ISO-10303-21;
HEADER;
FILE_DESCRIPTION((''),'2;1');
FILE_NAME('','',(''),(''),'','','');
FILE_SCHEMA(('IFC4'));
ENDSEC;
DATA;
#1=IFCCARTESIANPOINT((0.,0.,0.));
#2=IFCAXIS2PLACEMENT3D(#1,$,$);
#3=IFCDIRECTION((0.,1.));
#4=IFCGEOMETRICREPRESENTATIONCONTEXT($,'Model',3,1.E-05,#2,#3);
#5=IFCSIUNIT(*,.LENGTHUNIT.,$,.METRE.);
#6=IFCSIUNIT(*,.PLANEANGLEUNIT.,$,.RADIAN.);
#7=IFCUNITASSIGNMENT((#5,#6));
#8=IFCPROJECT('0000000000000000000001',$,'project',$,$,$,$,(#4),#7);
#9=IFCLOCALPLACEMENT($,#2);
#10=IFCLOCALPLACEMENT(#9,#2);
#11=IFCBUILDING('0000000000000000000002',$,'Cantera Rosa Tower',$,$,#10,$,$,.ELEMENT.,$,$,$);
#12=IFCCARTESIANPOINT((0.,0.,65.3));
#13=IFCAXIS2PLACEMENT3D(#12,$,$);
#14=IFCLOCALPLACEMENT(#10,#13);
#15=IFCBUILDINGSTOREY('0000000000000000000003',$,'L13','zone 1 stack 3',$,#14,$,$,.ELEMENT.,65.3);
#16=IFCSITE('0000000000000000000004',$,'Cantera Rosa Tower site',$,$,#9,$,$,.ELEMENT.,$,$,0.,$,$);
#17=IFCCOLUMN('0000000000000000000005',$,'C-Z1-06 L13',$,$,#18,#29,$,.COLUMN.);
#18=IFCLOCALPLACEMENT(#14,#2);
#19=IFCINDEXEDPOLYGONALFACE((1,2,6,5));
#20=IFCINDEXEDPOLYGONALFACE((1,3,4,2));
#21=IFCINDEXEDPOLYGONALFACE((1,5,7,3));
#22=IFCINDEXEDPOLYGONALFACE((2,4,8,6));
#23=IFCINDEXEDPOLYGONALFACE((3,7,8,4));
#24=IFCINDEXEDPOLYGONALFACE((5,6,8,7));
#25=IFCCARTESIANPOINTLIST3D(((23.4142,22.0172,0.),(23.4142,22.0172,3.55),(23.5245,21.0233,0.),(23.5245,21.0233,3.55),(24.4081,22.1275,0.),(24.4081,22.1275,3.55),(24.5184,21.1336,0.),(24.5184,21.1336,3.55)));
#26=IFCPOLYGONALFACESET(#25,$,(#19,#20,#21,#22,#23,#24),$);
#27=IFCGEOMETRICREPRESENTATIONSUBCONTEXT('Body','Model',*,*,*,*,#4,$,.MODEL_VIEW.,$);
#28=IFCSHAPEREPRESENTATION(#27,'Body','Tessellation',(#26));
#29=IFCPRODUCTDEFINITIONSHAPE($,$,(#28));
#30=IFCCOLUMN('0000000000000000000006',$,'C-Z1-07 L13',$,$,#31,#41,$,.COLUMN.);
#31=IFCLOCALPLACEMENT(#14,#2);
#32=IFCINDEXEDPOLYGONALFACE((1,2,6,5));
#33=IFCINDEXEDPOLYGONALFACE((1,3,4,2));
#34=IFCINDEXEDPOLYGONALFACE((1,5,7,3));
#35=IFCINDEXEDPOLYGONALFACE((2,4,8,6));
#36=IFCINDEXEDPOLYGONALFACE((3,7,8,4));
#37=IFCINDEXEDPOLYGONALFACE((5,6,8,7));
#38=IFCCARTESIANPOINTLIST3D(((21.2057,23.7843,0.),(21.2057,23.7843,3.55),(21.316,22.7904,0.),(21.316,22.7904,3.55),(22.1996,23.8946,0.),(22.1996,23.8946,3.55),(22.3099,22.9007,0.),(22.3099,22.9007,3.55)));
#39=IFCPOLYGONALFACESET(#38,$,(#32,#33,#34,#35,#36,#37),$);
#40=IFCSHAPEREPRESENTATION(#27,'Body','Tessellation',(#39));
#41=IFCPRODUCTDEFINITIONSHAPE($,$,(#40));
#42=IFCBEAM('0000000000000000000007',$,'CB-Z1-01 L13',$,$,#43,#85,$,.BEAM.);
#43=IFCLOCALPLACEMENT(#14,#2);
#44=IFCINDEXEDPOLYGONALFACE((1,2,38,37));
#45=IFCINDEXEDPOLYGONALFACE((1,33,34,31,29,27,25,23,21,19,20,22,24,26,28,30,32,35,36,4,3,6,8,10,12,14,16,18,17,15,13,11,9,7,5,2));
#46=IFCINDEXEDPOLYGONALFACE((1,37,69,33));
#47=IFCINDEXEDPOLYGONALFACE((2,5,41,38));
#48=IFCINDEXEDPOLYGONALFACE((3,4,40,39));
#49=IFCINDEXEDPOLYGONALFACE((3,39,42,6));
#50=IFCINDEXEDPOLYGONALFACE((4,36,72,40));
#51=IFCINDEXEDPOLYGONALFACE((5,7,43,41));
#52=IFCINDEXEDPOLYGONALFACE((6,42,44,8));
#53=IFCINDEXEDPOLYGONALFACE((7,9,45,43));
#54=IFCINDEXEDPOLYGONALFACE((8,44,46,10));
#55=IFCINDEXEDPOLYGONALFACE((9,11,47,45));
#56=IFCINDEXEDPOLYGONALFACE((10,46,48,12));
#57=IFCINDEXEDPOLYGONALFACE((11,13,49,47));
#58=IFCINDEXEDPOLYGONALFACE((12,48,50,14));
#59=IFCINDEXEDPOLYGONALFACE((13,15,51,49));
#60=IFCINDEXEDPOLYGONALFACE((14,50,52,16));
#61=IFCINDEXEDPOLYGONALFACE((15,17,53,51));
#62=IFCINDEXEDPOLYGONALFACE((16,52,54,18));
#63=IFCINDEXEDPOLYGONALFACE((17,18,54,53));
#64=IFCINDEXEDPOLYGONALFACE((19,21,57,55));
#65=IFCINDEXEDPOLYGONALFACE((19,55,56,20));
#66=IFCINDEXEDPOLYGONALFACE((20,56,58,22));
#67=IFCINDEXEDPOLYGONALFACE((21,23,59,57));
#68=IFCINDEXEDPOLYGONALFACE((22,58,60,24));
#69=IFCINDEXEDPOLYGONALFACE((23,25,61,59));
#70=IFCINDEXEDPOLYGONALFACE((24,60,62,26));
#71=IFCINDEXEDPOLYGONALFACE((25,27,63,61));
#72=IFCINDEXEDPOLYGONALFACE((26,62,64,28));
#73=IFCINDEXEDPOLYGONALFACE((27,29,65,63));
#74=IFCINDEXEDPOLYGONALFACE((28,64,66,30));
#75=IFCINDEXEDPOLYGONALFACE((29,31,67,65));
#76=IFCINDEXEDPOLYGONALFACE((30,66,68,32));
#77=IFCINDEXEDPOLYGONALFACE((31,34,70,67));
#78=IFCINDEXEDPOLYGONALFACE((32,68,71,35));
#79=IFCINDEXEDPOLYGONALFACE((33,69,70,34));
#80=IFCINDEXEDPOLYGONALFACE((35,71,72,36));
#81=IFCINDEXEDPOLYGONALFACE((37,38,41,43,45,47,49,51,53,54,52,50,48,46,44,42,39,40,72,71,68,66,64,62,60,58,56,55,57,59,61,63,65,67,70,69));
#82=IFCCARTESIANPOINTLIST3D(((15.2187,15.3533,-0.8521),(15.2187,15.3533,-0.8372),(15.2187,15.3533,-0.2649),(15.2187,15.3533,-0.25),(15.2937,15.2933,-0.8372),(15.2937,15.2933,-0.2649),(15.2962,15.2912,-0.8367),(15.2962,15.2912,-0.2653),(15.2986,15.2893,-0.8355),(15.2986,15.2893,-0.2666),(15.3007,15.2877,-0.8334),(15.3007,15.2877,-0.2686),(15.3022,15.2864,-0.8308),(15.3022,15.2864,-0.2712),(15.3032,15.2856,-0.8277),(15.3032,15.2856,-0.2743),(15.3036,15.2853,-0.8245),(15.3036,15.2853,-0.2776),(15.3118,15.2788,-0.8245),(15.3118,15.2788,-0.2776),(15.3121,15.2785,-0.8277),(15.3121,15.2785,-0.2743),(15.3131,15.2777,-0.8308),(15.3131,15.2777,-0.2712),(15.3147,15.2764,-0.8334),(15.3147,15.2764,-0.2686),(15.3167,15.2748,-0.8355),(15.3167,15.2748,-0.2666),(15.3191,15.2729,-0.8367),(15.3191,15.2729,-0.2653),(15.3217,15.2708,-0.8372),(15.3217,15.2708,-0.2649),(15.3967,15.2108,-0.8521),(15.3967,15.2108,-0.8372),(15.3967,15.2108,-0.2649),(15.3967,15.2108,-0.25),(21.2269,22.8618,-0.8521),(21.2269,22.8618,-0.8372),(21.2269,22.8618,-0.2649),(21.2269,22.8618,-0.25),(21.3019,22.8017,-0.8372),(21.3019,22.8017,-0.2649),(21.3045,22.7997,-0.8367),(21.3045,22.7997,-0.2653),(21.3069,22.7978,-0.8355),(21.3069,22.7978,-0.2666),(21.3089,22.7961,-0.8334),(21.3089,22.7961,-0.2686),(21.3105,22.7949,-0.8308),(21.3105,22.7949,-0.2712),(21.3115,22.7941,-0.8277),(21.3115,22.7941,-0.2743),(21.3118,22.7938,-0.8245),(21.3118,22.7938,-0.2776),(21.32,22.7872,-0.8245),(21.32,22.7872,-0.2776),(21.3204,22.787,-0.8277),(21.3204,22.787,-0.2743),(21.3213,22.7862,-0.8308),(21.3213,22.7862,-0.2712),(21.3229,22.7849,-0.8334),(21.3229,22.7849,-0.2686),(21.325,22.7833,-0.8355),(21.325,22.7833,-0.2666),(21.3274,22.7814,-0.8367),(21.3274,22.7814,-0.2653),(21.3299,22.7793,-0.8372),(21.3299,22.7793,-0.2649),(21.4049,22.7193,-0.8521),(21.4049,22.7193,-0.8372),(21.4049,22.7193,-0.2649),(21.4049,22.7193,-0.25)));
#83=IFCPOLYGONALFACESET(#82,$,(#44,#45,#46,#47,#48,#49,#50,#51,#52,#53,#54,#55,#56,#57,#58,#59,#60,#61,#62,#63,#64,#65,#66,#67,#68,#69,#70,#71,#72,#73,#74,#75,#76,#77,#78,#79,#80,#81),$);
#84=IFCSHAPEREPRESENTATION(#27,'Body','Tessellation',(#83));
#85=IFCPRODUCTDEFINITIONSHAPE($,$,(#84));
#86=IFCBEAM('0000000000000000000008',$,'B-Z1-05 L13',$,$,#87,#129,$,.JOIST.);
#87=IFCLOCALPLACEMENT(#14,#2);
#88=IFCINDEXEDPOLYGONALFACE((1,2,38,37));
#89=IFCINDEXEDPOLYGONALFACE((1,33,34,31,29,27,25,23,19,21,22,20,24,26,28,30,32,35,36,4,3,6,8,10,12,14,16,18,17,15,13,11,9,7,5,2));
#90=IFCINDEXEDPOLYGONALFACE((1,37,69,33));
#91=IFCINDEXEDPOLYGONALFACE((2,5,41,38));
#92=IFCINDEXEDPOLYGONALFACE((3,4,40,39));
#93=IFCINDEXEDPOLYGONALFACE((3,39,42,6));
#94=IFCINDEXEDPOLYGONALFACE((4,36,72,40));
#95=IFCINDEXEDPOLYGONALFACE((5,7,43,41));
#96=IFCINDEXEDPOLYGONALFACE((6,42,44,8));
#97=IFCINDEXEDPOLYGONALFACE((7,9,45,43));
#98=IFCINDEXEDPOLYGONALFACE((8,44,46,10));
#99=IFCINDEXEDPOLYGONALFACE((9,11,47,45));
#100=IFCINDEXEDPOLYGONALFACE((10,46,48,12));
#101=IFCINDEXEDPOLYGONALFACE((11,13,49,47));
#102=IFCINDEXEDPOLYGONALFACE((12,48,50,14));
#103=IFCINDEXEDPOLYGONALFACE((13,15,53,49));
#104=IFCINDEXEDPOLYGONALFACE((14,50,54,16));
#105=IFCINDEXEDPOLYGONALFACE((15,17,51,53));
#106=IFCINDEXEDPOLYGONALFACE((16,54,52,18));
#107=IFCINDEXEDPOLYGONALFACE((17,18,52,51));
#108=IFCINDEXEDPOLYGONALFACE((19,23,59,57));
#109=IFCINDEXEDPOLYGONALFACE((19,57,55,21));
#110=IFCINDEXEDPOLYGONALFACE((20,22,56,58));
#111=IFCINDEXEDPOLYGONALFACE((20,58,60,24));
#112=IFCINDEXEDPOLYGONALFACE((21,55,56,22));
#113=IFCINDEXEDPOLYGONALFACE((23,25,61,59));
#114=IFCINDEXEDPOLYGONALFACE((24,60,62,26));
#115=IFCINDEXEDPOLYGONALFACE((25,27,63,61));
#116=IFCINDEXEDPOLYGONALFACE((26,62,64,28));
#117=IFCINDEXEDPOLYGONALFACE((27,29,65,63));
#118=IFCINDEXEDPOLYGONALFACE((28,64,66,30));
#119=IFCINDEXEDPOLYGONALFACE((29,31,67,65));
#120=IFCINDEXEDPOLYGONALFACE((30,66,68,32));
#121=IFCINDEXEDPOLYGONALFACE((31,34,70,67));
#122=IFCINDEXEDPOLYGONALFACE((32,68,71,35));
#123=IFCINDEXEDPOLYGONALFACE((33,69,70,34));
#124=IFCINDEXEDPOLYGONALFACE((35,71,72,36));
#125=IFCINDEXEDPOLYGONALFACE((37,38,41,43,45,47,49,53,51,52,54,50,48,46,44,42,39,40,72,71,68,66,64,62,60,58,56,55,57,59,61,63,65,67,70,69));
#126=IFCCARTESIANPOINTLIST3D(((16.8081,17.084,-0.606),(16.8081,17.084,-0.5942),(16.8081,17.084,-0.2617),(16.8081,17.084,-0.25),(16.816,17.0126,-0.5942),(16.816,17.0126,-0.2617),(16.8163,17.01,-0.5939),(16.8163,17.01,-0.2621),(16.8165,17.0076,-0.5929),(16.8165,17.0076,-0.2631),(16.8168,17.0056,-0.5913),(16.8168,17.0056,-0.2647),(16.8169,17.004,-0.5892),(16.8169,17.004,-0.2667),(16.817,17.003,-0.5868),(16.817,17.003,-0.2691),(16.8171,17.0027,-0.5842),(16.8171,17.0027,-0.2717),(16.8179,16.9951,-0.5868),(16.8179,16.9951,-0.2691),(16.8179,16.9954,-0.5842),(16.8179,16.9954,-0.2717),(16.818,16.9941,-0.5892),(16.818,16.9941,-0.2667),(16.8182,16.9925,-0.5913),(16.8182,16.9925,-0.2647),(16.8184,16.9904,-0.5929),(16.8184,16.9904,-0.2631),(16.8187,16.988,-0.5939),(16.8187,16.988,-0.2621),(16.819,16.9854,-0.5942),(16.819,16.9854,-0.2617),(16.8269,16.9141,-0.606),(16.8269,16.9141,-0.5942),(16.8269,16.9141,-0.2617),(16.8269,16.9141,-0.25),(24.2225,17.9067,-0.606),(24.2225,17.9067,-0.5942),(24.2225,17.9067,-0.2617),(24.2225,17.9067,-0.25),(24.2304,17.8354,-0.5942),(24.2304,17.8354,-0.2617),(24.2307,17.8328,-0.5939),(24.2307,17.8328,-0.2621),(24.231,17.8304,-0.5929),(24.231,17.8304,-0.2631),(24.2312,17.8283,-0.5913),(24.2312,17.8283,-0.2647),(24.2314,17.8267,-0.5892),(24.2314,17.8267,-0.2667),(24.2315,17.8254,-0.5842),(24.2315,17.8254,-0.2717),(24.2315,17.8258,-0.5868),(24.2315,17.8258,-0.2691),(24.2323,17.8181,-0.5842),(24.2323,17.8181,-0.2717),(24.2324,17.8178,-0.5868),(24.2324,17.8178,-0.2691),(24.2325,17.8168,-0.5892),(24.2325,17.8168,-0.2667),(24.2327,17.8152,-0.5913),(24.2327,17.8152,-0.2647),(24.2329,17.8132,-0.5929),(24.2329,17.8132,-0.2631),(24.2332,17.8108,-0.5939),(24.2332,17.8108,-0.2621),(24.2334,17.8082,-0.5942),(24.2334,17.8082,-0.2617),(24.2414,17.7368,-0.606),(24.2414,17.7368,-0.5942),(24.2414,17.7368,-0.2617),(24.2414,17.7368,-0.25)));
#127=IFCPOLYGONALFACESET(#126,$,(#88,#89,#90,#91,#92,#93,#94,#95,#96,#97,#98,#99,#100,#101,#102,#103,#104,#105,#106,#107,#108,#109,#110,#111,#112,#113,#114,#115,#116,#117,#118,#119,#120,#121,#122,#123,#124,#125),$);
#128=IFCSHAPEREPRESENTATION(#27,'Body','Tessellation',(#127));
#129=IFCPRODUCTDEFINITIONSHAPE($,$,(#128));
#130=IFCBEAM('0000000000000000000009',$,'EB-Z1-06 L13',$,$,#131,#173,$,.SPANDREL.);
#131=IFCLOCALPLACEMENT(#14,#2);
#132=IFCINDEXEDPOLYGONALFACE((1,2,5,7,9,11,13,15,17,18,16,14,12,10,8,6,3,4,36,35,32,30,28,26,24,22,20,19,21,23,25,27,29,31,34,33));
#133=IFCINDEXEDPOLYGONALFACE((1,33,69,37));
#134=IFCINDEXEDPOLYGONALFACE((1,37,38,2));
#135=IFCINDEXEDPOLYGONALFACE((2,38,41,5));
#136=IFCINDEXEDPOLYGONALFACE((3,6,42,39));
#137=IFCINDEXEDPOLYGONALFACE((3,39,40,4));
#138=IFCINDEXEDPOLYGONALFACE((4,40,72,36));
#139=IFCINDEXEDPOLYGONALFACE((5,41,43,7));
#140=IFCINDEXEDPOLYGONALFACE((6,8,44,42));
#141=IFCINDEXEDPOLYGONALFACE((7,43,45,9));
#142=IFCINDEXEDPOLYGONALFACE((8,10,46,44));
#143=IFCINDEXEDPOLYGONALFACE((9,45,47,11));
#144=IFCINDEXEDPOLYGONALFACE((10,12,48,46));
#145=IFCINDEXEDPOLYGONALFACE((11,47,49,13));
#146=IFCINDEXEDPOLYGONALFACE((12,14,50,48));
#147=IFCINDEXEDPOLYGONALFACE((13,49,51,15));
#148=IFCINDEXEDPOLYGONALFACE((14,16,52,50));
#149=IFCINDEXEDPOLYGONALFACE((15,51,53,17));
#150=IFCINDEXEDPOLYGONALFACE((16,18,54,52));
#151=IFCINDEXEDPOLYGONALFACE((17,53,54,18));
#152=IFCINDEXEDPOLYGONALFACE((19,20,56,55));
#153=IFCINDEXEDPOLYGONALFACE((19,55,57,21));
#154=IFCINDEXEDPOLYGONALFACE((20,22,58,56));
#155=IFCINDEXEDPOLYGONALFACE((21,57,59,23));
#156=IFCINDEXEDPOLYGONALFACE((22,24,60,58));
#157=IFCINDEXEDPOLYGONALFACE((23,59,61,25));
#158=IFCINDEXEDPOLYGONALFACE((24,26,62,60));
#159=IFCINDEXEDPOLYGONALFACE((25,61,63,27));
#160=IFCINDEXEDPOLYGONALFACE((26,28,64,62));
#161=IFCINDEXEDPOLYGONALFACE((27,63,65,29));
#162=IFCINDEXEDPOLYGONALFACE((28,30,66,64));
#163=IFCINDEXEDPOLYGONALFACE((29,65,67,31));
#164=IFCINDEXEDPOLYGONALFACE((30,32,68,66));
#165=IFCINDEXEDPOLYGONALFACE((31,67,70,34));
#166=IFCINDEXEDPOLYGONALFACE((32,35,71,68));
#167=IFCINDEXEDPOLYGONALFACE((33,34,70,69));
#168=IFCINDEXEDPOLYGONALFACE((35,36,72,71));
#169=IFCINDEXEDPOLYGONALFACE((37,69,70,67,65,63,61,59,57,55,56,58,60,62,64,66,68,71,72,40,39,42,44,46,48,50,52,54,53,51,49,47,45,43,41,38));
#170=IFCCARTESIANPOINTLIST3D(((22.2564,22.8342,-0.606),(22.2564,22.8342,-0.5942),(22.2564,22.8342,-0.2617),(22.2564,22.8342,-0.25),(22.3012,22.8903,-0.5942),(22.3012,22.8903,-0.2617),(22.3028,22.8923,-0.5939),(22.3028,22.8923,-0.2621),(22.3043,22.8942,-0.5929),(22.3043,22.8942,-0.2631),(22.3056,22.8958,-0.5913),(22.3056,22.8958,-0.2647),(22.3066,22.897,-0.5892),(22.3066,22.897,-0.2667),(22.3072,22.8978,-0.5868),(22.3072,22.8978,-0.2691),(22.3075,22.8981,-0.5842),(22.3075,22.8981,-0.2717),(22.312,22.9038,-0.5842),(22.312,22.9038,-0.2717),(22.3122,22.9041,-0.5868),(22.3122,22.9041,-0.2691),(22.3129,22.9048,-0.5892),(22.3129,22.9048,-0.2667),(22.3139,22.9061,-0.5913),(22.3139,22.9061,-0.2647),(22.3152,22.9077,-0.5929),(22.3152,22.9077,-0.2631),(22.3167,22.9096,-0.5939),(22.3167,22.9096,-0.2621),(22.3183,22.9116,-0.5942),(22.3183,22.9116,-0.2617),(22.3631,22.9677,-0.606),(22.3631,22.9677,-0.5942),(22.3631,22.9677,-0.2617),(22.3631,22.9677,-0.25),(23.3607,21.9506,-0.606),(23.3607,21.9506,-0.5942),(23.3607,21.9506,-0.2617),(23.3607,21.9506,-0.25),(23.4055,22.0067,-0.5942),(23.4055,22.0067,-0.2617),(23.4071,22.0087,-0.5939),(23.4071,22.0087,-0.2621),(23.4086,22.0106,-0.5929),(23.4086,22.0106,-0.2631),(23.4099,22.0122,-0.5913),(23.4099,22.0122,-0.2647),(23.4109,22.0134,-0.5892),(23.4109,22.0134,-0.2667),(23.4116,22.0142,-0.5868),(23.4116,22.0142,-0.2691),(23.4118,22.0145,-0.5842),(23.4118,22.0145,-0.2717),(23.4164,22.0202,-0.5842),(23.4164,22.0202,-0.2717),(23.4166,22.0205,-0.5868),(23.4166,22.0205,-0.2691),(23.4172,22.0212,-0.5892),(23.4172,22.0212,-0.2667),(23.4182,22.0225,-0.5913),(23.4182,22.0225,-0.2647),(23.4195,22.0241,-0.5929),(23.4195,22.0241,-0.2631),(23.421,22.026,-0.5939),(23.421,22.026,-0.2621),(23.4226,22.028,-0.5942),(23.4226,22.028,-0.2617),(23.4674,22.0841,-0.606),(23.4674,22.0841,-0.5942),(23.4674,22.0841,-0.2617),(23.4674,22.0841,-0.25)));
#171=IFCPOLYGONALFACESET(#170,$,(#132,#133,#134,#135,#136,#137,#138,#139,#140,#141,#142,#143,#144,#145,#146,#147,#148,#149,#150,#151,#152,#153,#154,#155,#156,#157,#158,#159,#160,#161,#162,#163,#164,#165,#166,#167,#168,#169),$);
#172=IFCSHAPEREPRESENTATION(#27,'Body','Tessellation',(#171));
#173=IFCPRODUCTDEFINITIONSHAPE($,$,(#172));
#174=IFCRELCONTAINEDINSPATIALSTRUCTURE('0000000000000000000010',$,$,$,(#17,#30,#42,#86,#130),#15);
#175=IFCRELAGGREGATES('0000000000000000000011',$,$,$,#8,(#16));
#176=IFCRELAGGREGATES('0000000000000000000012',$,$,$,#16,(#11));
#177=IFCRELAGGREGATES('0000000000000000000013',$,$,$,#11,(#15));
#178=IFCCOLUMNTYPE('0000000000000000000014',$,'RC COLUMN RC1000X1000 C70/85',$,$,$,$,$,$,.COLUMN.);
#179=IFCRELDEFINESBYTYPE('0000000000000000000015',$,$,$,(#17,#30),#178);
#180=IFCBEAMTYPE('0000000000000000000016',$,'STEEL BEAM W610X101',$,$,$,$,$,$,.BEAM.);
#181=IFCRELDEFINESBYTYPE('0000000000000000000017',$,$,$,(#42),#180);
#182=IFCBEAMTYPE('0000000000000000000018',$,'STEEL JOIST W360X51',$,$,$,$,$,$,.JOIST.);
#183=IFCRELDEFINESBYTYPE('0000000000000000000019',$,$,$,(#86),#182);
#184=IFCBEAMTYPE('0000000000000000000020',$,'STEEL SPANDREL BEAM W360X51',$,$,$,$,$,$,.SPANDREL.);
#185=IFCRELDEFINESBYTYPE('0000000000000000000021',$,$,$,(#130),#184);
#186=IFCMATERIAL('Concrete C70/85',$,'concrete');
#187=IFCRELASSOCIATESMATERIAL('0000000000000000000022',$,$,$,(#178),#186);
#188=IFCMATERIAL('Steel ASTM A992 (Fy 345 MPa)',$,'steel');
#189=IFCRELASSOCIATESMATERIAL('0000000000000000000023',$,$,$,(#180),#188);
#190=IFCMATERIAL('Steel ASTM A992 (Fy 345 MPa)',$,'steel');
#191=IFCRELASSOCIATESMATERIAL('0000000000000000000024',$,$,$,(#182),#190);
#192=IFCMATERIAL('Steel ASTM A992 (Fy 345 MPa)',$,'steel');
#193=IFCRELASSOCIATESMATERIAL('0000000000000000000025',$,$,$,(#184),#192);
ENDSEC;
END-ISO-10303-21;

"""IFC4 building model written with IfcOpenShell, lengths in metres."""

from ifc_helpers import new_model, si_unit, direction, frame, origin, origin_2d, place, context, subcontext, project, spatial, rectangle, i_section, extrude, material, material_profile, profile_set, type_object, element, save


model = new_model("IFC4")

# Units and contexts
model_context = context("Model", 3, precision=1e-05, world=origin(), true_north=direction((0.0, 1.0)))
body_context = subcontext(model_context, "Body", "Model", "MODEL_VIEW")
ifc_project = project(units=[si_unit("LENGTHUNIT", "METRE"), si_unit("PLANEANGLEUNIT", "RADIAN")], contexts=[model_context])

# Site, building, storey
site_placement = place(None, origin())
site = spatial("IfcSite", under=ifc_project, at=site_placement, Name="Cantera Rosa Tower site", CompositionType="ELEMENT", RefElevation=0.0)
building_placement = place(site_placement, origin())
building = spatial("IfcBuilding", under=site, at=building_placement, Name="Cantera Rosa Tower", CompositionType="ELEMENT")
storey_placement = place(building_placement, frame((0.0, 0.0, 65.3)))
storey = spatial("IfcBuildingStorey", under=building, at=storey_placement, Name="L13", Description="zone 1 stack 3", CompositionType="ELEMENT", Elevation=65.3)

# Columns
ifc_material_1 = material(Name="Concrete C70/85", Category="concrete")
ifc_material_profile_1 = material_profile(ifc_material_1, rectangle(XDim=1.0, YDim=1.0, at=origin_2d()), Name="RC COLUMN RC1000X1000 C70/85")
ifc_profile_set_1 = profile_set([ifc_material_profile_1], Name="Concrete C70/85")
column_type = type_object("IfcColumnType", Name="RC COLUMN RC1000X1000 C70/85", PredefinedType="COLUMN", material=ifc_profile_set_1)
for number, where, z_axis, x_axis, name in (
    (1, (23.9663, 21.5754, 0.0), (0.0, 0.0, 1.0), (0.993897, 0.110313, 0.0), "C-Z1-06 L13"),
    (2, (21.7578, 23.3425, 0.0), (0.0, 0.0, 1.0), (0.993897, 0.110313, 0.0), "C-Z1-07 L13"),
):
    element("IfcColumn", number, at=place(storey_placement, frame(where, z_axis=z_axis, x_axis=x_axis)), inside=storey, type_object=column_type, Name=name, PredefinedType="COLUMN", context=body_context, shape_type="SweptSolid", body=[
        extrude(rectangle(XDim=1.0, YDim=1.0, at=origin_2d()), origin(), (0.0, 0.0, 1.0), 3.55),
    ])

# Beams
ifc_material_2 = material(Name="Steel ASTM A992 (Fy 345 MPa)", Category="steel")
ifc_material_profile_2 = material_profile(ifc_material_2, i_section(OverallWidth=0.228, OverallDepth=0.6021, WebThickness=0.0105, FlangeThickness=0.0149, FilletRadius=0.0127, at=origin_2d()), Name="W610X101")
ifc_profile_set_2 = profile_set([ifc_material_profile_2], Name="Steel ASTM A992 (Fy 345 MPa)")
beam_type_1 = type_object("IfcBeamType", Name="STEEL BEAM W610X101", PredefinedType="BEAM", material=ifc_profile_set_2)
beam_1_placement = place(storey_placement, frame((21.3159, 22.7905, -0.551), z_axis=(-0.624788, -0.780794, 0.0), x_axis=(0.780794, -0.624788, 0.0)))
element("IfcBeam", 3, at=beam_1_placement, inside=storey, type_object=beam_type_1, Name="CB-Z1-01 L13", PredefinedType="BEAM", context=body_context, shape_type="SweptSolid", body=[
    extrude(i_section(OverallWidth=0.228, OverallDepth=0.6021, WebThickness=0.0105, FlangeThickness=0.0149, FilletRadius=0.0127, at=origin_2d()), origin(), (0.0, 0.0, 1.0), 9.6165),
])
ifc_material_3 = material(Name="Steel ASTM A992 (Fy 345 MPa)", Category="steel")
ifc_material_profile_3 = material_profile(ifc_material_3, i_section(OverallWidth=0.1709, OverallDepth=0.356, WebThickness=0.0073, FlangeThickness=0.0117, FilletRadius=0.01, at=origin_2d()), Name="W360X51")
ifc_profile_set_3 = profile_set([ifc_material_profile_3], Name="Steel ASTM A992 (Fy 345 MPa)")
beam_type_2 = type_object("IfcBeamType", Name="STEEL JOIST W360X51", PredefinedType="JOIST", material=ifc_profile_set_3)
beam_2_placement = place(storey_placement, frame((24.2319, 17.8218, -0.428), z_axis=(-0.9939, -0.110288, 0.0), x_axis=(0.110288, -0.9939, 0.0)))
element("IfcBeam", 4, at=beam_2_placement, inside=storey, type_object=beam_type_2, Name="B-Z1-05 L13", PredefinedType="JOIST", context=body_context, shape_type="SweptSolid", body=[
    extrude(i_section(OverallWidth=0.1709, OverallDepth=0.356, WebThickness=0.0073, FlangeThickness=0.0117, FilletRadius=0.01, at=origin_2d()), origin(), (0.0, 0.0, 1.0), 7.46),
])
ifc_material_4 = material(Name="Steel ASTM A992 (Fy 345 MPa)", Category="steel")
ifc_material_profile_4 = material_profile(ifc_material_4, i_section(OverallWidth=0.1709, OverallDepth=0.356, WebThickness=0.0073, FlangeThickness=0.0117, FilletRadius=0.01, at=origin_2d()), Name="W360X51")
ifc_profile_set_4 = profile_set([ifc_material_profile_4], Name="Steel ASTM A992 (Fy 345 MPa)")
beam_type_3 = type_object("IfcBeamType", Name="STEEL SPANDREL BEAM W360X51", PredefinedType="SPANDREL", material=ifc_profile_set_4)
for number, where, z_axis, x_axis, name in (
    (5, (23.4141, 22.0173, -0.428), (-0.780818, 0.624758, 0.0), (-0.624758, -0.780818, 0.0), "EB-Z1-06 L13"),
):
    element("IfcBeam", number, at=place(storey_placement, frame(where, z_axis=z_axis, x_axis=x_axis)), inside=storey, type_object=beam_type_3, Name=name, PredefinedType="SPANDREL", context=body_context, shape_type="SweptSolid", body=[
        extrude(i_section(OverallWidth=0.1709, OverallDepth=0.356, WebThickness=0.0073, FlangeThickness=0.0117, FilletRadius=0.01, at=origin_2d()), origin(), (0.0, 0.0, 1.0), 1.4143),
    ])

save(model, "model.ifc")
